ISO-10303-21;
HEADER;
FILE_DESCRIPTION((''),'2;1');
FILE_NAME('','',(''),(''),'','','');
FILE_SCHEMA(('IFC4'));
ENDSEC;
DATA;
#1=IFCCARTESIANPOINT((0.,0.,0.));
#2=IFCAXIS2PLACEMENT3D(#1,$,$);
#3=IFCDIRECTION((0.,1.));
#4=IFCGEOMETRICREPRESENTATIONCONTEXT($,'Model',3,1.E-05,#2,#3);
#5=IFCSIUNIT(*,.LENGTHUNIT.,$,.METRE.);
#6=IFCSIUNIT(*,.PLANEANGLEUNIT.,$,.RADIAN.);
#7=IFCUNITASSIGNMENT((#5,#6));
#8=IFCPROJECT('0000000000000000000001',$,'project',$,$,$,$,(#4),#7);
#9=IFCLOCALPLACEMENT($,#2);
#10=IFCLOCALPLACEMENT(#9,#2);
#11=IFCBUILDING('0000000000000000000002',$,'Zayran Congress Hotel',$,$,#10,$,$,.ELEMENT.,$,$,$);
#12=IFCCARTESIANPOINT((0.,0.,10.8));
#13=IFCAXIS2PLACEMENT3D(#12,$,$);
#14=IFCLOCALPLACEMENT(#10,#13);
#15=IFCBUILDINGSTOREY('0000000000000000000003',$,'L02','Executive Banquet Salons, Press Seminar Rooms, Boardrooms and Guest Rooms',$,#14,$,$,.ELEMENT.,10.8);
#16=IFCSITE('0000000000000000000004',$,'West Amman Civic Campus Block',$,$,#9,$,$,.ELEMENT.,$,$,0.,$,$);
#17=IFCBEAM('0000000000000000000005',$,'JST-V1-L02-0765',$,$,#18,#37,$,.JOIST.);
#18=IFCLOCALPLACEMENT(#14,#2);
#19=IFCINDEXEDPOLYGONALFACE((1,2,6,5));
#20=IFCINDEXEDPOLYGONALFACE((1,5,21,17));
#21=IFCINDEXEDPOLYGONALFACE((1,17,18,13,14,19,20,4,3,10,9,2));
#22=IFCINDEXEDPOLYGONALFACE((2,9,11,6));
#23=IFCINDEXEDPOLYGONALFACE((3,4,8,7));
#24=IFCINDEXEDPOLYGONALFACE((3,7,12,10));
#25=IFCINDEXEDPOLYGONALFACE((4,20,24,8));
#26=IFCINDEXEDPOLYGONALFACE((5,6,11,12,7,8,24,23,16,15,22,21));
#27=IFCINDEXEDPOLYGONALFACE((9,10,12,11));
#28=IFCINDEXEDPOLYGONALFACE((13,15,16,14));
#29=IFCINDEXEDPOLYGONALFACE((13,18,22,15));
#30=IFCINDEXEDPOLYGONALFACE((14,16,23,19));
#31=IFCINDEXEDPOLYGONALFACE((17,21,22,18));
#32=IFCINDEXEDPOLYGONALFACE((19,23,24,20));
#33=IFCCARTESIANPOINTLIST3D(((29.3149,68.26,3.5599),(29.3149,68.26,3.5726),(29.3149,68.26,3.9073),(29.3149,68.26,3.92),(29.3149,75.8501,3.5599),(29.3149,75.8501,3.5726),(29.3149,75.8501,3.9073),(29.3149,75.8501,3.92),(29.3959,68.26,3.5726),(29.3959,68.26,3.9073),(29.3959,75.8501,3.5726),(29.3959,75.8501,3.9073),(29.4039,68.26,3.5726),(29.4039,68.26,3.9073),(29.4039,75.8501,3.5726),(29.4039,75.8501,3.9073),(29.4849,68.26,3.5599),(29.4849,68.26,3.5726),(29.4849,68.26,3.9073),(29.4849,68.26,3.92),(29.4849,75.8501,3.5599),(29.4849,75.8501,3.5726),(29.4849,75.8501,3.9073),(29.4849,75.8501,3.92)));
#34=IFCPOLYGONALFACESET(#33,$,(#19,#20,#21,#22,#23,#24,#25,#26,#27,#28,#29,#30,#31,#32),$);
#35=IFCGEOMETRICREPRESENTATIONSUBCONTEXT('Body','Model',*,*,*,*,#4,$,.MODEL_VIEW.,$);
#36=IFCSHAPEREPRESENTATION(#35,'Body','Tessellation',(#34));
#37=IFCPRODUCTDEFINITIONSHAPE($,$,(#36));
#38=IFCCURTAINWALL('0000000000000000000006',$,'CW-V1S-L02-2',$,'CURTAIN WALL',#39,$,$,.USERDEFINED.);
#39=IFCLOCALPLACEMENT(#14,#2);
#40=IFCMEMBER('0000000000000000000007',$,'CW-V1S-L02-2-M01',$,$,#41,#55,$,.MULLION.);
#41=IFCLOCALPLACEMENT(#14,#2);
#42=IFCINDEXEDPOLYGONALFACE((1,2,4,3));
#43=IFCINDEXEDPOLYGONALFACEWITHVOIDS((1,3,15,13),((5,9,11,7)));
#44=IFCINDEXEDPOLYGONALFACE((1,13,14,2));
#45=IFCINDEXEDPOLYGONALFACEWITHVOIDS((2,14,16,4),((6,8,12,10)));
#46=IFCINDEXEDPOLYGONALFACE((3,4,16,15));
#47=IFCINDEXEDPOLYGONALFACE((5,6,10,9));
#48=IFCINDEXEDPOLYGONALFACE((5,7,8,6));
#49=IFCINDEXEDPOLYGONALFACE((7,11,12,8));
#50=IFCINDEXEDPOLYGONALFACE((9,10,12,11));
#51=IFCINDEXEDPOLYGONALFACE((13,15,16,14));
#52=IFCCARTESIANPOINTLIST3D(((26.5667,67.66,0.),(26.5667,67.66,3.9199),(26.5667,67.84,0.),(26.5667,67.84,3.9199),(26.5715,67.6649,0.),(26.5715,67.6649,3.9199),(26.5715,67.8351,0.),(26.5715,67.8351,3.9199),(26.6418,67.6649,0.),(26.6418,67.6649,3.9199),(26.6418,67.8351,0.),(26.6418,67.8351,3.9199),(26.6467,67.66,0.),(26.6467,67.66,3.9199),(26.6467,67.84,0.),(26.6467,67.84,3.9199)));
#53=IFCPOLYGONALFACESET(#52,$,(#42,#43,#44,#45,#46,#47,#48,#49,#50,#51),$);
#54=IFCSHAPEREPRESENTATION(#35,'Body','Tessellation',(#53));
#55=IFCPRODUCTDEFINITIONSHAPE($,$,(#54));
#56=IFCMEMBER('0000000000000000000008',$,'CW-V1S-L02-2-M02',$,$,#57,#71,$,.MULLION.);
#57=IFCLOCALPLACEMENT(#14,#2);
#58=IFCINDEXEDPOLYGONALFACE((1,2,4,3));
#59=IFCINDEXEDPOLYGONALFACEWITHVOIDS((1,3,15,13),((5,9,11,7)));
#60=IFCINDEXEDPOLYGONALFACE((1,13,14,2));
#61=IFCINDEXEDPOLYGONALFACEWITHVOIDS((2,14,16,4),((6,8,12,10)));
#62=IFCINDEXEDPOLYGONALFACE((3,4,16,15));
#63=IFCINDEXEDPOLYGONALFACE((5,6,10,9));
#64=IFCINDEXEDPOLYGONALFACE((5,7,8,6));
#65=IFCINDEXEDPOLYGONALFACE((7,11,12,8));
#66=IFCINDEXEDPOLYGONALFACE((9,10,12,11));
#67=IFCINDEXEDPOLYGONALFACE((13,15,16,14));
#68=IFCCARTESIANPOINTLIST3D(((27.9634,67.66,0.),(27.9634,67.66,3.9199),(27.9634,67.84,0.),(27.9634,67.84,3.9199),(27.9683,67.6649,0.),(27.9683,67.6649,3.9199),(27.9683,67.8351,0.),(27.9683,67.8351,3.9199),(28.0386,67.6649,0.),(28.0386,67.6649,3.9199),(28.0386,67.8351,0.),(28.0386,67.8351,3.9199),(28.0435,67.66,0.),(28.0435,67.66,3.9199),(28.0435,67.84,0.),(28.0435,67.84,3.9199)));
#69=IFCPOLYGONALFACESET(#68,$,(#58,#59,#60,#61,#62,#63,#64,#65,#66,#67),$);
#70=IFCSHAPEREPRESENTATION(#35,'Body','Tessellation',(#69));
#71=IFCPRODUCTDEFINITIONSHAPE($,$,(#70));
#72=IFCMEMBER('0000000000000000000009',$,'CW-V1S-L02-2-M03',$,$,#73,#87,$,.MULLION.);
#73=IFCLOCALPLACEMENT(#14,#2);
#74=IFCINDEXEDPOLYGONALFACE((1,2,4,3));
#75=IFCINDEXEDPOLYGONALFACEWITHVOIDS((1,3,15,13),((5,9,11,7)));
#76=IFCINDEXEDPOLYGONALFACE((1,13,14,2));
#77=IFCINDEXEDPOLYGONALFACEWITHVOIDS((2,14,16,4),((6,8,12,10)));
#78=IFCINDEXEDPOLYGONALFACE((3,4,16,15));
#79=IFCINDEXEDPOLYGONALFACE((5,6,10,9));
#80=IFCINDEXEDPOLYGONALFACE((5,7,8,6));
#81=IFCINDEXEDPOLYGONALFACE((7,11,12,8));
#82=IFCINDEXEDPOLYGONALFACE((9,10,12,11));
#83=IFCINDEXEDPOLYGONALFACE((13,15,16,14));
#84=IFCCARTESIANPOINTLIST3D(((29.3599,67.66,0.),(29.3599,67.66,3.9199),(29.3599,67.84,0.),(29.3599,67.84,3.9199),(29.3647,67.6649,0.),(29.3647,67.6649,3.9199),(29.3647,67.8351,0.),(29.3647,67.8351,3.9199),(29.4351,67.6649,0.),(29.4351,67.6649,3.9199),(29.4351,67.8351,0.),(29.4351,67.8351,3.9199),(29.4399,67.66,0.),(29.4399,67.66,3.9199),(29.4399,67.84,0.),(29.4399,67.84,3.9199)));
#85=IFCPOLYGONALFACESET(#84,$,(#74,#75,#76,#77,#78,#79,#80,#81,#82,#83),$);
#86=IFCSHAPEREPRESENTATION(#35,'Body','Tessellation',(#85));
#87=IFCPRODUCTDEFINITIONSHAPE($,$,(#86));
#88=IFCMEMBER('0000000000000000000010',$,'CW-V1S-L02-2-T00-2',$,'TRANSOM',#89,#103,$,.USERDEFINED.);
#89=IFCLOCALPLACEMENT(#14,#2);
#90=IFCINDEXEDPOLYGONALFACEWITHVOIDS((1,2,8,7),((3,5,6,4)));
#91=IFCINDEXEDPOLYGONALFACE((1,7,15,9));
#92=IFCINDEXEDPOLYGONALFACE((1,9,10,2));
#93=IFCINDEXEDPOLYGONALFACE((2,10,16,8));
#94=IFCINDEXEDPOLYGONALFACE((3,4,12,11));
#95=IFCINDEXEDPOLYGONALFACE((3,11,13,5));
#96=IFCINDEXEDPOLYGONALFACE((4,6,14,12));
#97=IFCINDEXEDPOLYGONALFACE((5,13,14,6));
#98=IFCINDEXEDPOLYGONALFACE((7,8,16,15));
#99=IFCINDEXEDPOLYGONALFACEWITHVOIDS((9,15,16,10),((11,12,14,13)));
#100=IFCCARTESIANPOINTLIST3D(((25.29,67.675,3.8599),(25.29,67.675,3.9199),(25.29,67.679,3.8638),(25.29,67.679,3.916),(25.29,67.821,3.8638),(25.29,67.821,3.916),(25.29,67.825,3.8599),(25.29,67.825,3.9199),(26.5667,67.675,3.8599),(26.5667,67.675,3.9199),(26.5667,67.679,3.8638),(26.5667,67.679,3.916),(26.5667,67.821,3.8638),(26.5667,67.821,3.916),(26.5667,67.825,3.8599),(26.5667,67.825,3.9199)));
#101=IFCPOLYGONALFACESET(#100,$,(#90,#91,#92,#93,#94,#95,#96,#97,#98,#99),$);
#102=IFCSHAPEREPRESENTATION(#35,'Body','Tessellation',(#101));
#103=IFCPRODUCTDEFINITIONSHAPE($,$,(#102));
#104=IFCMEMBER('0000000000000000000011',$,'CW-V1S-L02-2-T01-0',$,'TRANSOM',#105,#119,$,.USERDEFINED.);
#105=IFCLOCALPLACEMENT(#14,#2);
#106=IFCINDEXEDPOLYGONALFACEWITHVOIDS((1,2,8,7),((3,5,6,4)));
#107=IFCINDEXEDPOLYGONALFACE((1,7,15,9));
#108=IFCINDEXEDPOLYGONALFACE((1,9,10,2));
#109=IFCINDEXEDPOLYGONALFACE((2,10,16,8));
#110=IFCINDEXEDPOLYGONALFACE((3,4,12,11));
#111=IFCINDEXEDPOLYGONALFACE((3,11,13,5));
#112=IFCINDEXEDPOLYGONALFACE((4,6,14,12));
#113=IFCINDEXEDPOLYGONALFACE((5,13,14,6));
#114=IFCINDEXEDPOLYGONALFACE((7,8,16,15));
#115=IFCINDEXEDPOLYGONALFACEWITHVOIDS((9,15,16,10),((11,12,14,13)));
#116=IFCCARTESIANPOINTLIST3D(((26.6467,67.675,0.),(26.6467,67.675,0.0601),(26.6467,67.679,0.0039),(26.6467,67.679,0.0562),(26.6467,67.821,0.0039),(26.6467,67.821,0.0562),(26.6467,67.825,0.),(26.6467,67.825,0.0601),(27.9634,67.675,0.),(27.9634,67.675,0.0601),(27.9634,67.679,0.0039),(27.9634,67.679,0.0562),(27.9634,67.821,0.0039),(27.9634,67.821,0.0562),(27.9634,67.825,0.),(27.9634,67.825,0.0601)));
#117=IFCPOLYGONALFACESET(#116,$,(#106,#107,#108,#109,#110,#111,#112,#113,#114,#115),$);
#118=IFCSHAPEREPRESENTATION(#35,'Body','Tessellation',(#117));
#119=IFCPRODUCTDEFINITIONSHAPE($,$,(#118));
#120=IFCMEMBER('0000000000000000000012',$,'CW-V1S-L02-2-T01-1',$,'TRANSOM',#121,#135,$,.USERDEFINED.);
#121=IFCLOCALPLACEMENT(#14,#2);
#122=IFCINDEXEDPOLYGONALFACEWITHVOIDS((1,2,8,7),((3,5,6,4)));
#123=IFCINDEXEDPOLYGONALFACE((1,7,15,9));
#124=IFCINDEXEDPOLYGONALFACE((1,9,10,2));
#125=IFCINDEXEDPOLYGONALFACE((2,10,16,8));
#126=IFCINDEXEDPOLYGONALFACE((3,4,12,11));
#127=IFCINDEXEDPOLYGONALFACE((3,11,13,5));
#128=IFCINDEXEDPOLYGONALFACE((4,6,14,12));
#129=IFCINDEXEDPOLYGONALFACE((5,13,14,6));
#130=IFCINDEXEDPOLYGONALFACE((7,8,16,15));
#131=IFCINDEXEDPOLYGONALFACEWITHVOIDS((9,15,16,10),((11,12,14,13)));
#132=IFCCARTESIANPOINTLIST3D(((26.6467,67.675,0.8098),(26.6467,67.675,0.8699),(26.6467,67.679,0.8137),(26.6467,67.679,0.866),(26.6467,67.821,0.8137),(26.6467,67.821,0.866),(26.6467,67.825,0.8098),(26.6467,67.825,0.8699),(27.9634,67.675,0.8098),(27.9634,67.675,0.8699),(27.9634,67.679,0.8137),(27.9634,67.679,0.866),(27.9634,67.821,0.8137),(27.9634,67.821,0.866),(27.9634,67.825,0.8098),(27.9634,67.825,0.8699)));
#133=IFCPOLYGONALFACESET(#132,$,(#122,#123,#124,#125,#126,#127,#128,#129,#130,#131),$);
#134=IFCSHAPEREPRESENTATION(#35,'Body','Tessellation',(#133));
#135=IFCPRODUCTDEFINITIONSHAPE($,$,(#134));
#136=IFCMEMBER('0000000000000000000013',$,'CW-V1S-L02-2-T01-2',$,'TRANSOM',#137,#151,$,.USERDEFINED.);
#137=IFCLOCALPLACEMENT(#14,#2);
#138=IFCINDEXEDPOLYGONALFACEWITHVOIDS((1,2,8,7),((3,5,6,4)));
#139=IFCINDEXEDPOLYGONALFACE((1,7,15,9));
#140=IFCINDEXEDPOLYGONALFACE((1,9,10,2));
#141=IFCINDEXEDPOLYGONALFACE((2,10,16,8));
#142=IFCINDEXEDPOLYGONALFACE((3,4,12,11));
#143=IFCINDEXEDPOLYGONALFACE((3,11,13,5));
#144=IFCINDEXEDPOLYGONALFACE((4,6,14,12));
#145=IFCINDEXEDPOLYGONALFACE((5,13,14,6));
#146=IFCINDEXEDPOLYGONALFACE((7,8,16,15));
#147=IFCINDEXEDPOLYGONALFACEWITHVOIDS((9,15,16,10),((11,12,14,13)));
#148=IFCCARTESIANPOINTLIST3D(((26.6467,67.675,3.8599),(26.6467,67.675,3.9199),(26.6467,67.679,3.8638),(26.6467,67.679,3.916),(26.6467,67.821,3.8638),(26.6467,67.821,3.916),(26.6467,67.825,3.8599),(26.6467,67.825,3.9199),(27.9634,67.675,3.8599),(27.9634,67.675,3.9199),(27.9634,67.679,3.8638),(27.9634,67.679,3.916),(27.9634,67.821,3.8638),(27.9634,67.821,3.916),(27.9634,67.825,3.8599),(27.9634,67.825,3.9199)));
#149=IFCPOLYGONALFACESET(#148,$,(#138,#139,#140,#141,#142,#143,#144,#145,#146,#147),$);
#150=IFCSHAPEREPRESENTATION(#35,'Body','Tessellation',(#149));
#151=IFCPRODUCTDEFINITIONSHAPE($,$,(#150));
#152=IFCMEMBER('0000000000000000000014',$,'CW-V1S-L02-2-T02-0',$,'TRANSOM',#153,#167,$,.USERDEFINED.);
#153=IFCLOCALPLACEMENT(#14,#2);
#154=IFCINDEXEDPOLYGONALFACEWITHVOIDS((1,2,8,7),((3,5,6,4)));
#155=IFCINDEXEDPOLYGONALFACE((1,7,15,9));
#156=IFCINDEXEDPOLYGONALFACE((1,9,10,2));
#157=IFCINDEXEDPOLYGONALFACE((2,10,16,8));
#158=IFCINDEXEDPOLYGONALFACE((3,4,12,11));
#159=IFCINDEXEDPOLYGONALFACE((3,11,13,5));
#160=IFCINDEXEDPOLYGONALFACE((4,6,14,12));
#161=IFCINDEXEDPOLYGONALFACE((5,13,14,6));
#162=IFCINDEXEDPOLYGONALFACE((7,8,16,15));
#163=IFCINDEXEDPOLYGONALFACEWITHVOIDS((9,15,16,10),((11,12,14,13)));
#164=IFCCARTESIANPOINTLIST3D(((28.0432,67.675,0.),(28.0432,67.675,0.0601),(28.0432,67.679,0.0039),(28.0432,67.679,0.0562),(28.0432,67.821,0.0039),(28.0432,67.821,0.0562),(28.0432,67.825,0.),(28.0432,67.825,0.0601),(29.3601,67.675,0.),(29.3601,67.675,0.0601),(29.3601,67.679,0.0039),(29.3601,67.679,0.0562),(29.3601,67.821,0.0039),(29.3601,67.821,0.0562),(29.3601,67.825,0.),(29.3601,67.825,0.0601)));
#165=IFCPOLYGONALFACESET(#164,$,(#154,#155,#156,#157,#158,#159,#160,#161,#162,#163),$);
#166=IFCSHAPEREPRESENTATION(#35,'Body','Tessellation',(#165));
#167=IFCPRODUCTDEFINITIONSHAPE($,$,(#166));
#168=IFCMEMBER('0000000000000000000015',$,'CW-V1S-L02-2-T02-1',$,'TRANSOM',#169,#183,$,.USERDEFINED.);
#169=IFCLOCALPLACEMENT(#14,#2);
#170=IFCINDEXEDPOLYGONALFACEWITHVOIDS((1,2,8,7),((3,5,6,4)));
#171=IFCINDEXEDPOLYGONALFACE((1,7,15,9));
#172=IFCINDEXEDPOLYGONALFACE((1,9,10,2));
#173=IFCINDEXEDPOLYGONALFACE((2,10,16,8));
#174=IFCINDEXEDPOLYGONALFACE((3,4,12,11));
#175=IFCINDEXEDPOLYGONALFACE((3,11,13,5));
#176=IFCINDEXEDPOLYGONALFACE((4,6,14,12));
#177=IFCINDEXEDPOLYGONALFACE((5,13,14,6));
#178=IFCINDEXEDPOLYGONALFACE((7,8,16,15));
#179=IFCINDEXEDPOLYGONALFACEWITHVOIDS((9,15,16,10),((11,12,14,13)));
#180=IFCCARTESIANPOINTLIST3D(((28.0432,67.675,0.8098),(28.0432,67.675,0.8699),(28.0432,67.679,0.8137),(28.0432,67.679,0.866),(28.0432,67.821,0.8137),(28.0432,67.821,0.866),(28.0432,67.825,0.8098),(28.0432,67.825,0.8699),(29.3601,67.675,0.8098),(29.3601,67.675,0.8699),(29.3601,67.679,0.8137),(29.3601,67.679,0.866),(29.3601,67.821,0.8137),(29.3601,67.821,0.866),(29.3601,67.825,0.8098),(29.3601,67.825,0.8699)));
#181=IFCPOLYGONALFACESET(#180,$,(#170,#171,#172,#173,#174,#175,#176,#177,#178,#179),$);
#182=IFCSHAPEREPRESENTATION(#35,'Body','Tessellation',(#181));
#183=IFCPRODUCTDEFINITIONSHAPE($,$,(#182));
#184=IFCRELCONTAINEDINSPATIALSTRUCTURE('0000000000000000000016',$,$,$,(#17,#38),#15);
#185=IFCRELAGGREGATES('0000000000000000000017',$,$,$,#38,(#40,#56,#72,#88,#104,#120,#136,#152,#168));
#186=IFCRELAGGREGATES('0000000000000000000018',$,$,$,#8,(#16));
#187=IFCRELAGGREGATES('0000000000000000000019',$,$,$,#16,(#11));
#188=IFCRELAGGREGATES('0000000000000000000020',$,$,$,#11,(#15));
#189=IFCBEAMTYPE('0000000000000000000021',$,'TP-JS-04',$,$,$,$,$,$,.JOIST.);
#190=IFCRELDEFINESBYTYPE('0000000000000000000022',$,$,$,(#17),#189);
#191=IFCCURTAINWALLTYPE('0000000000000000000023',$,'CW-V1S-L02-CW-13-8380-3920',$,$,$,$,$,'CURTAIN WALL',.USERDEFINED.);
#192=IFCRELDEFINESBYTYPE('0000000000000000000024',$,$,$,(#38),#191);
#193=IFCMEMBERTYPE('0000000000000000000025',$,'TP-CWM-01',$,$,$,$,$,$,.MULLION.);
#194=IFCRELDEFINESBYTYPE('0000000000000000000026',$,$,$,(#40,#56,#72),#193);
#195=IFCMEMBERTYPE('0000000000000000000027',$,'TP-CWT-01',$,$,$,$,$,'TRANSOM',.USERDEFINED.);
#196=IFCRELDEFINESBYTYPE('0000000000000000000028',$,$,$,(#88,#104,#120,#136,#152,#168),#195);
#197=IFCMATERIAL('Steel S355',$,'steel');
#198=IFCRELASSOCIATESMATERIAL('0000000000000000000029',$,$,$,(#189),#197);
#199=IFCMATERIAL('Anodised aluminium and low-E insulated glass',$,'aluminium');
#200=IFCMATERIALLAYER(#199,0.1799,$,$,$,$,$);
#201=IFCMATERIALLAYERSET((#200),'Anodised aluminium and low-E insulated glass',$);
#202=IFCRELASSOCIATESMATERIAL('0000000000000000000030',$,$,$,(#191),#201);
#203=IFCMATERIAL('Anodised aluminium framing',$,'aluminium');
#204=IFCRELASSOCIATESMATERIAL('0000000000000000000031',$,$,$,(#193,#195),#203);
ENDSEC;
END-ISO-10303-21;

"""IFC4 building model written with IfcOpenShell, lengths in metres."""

from ifc_helpers import new_model, si_unit, direction, frame, origin, origin_2d, place, context, subcontext, project, spatial, hollow_rectangle, i_section, extrude, material, layer, layer_set, material_profile, profile_set, type_object, element, aggregate, save


model = new_model("IFC4")

# Units and contexts
model_context = context("Model", 3, precision=1e-05, world=origin(), true_north=direction((0.0, 1.0)))
body_context = subcontext(model_context, "Body", "Model", "MODEL_VIEW")
ifc_project = project(units=[si_unit("LENGTHUNIT", "METRE"), si_unit("PLANEANGLEUNIT", "RADIAN")], contexts=[model_context])

# Site, building, storey
site_placement = place(None, origin())
site = spatial("IfcSite", under=ifc_project, at=site_placement, Name="West Amman Civic Campus Block", CompositionType="ELEMENT", RefElevation=0.0)
building_placement = place(site_placement, origin())
building = spatial("IfcBuilding", under=site, at=building_placement, Name="Zayran Congress Hotel", CompositionType="ELEMENT")
storey_placement = place(building_placement, frame((0.0, 0.0, 10.8)))
storey = spatial("IfcBuildingStorey", under=building, at=storey_placement, Name="L02", Description="Executive Banquet Salons, Press Seminar Rooms, Boardrooms and Guest Rooms", CompositionType="ELEMENT", Elevation=10.8)

# Beam
ifc_material_1 = material(Name="Steel S355", Category="steel")
ifc_material_profile_1 = material_profile(ifc_material_1, i_section(OverallWidth=0.1699, OverallDepth=0.3601, WebThickness=0.0081, FlangeThickness=0.0127, at=origin_2d()), Name="IPE 360")
ifc_profile_set_1 = profile_set([ifc_material_profile_1], Name="Steel S355")
beam_type = type_object("IfcBeamType", Name="TP-JS-04", PredefinedType="JOIST", material=ifc_profile_set_1)
beam_placement = place(storey_placement, frame((29.3999, 68.26, 3.74), z_axis=(0.0, 1.0, 0.0), x_axis=(-1.0, 0.0, 0.0)))
element("IfcBeam", 1, at=beam_placement, inside=storey, type_object=beam_type, Name="JST-V1-L02-0765", PredefinedType="JOIST", context=body_context, shape_type="SweptSolid", body=[
    extrude(i_section(OverallWidth=0.1699, OverallDepth=0.3601, WebThickness=0.0081, FlangeThickness=0.0127, at=origin_2d()), origin(), (0.0, 0.0, 1.0), 7.5901),
])

# Curtain wall, members
ifc_material_2 = material(Name="Anodised aluminium and low-E insulated glass", Category="aluminium")
ifc_layer_1 = layer(ifc_material_2, 0.1799)
ifc_layer_set_1 = layer_set([ifc_layer_1], Name="Anodised aluminium and low-E insulated glass")
curtain_wall_type = type_object("IfcCurtainWallType", Name="CW-V1S-L02-CW-13-8380-3920", ElementType="CURTAIN WALL", PredefinedType="USERDEFINED", material=ifc_layer_set_1)
curtain_wall_placement = place(storey_placement, origin())
curtain_wall = element("IfcCurtainWall", 2, at=curtain_wall_placement, inside=storey, type_object=curtain_wall_type, Name="CW-V1S-L02-2", ObjectType="CURTAIN WALL", PredefinedType="USERDEFINED")
ifc_material_3 = material(Name="Anodised aluminium framing", Category="aluminium")
ifc_material_profile_2 = material_profile(ifc_material_3, hollow_rectangle(XDim=0.0801, YDim=0.1799, WallThickness=0.0049, at=origin_2d()), Name="RHS 180x80x5")
ifc_profile_set_2 = profile_set([ifc_material_profile_2], Name="Anodised aluminium framing")
member_type_1 = type_object("IfcMemberType", Name="TP-CWM-01", PredefinedType="MULLION", material=ifc_profile_set_2)
member_1_placement = place(storey_placement, frame((26.6067, 67.75, 0.0), z_axis=(0.0, 0.0, 1.0), x_axis=(1.0, 0.0, 0.0)))
member_1 = element("IfcMember", 3, at=member_1_placement, type_object=member_type_1, Name="CW-V1S-L02-2-M01", PredefinedType="MULLION", context=body_context, shape_type="SweptSolid", body=[
    extrude(hollow_rectangle(XDim=0.0801, YDim=0.1799, WallThickness=0.0049, at=origin_2d()), origin(), (0.0, 0.0, 1.0), 3.9199),
])
member_2_placement = place(storey_placement, frame((28.0034, 67.75, 0.0), z_axis=(0.0, 0.0, 1.0), x_axis=(1.0, 0.0, 0.0)))
member_2 = element("IfcMember", 4, at=member_2_placement, type_object=member_type_1, Name="CW-V1S-L02-2-M02", PredefinedType="MULLION", context=body_context, shape_type="SweptSolid", body=[
    extrude(hollow_rectangle(XDim=0.0801, YDim=0.1799, WallThickness=0.0049, at=origin_2d()), origin(), (0.0, 0.0, 1.0), 3.9199),
])
member_3_placement = place(storey_placement, frame((29.3999, 67.75, 0.0), z_axis=(0.0, 0.0, 1.0), x_axis=(1.0, 0.0, 0.0)))
member_3 = element("IfcMember", 5, at=member_3_placement, type_object=member_type_1, Name="CW-V1S-L02-2-M03", PredefinedType="MULLION", context=body_context, shape_type="SweptSolid", body=[
    extrude(hollow_rectangle(XDim=0.0801, YDim=0.1799, WallThickness=0.0049, at=origin_2d()), origin(), (0.0, 0.0, 1.0), 3.9199),
])
ifc_material_profile_3 = material_profile(ifc_material_3, hollow_rectangle(XDim=0.0601, YDim=0.1499, WallThickness=0.0039, at=origin_2d()), Name="RHS 150x60x4")
ifc_profile_set_3 = profile_set([ifc_material_profile_3], Name="Anodised aluminium framing")
member_type_2 = type_object("IfcMemberType", Name="TP-CWT-01", ElementType="TRANSOM", PredefinedType="USERDEFINED", material=ifc_profile_set_3)
member_4_placement = place(storey_placement, frame((25.29, 67.75, 3.8899), z_axis=(1.0, 0.0, 0.0), x_axis=(0.0, 0.0, 1.0)))
member_4 = element("IfcMember", 6, at=member_4_placement, type_object=member_type_2, Name="CW-V1S-L02-2-T00-2", ObjectType="TRANSOM", PredefinedType="USERDEFINED", context=body_context, shape_type="SweptSolid", body=[
    extrude(hollow_rectangle(XDim=0.0601, YDim=0.1499, WallThickness=0.0039, at=origin_2d()), origin(), (0.0, 0.0, 1.0), 1.2766),
])
member_5_placement = place(storey_placement, frame((26.6467, 67.75, 0.03), z_axis=(1.0, 0.0, 0.0), x_axis=(0.0, 0.0, 1.0)))
member_5 = element("IfcMember", 7, at=member_5_placement, type_object=member_type_2, Name="CW-V1S-L02-2-T01-0", ObjectType="TRANSOM", PredefinedType="USERDEFINED", context=body_context, shape_type="SweptSolid", body=[
    extrude(hollow_rectangle(XDim=0.0601, YDim=0.1499, WallThickness=0.0039, at=origin_2d()), origin(), (0.0, 0.0, 1.0), 1.3167),
])
member_6_placement = place(storey_placement, frame((26.6467, 67.75, 0.8398), z_axis=(1.0, 0.0, 0.0), x_axis=(0.0, 0.0, 1.0)))
member_6 = element("IfcMember", 8, at=member_6_placement, type_object=member_type_2, Name="CW-V1S-L02-2-T01-1", ObjectType="TRANSOM", PredefinedType="USERDEFINED", context=body_context, shape_type="SweptSolid", body=[
    extrude(hollow_rectangle(XDim=0.0601, YDim=0.1499, WallThickness=0.0039, at=origin_2d()), origin(), (0.0, 0.0, 1.0), 1.3167),
])
member_7_placement = place(storey_placement, frame((26.6467, 67.75, 3.8899), z_axis=(1.0, 0.0, 0.0), x_axis=(0.0, 0.0, 1.0)))
member_7 = element("IfcMember", 9, at=member_7_placement, type_object=member_type_2, Name="CW-V1S-L02-2-T01-2", ObjectType="TRANSOM", PredefinedType="USERDEFINED", context=body_context, shape_type="SweptSolid", body=[
    extrude(hollow_rectangle(XDim=0.0601, YDim=0.1499, WallThickness=0.0039, at=origin_2d()), origin(), (0.0, 0.0, 1.0), 1.3167),
])
member_8_placement = place(storey_placement, frame((28.0432, 67.75, 0.03), z_axis=(1.0, 0.0, 0.0), x_axis=(0.0, 0.0, 1.0)))
member_8 = element("IfcMember", 10, at=member_8_placement, type_object=member_type_2, Name="CW-V1S-L02-2-T02-0", ObjectType="TRANSOM", PredefinedType="USERDEFINED", context=body_context, shape_type="SweptSolid", body=[
    extrude(hollow_rectangle(XDim=0.0601, YDim=0.1499, WallThickness=0.0039, at=origin_2d()), origin(), (0.0, 0.0, 1.0), 1.3169),
])
member_9_placement = place(storey_placement, frame((28.0432, 67.75, 0.8398), z_axis=(1.0, 0.0, 0.0), x_axis=(0.0, 0.0, 1.0)))
member_9 = element("IfcMember", 11, at=member_9_placement, type_object=member_type_2, Name="CW-V1S-L02-2-T02-1", ObjectType="TRANSOM", PredefinedType="USERDEFINED", context=body_context, shape_type="SweptSolid", body=[
    extrude(hollow_rectangle(XDim=0.0601, YDim=0.1499, WallThickness=0.0039, at=origin_2d()), origin(), (0.0, 0.0, 1.0), 1.3169),
])
aggregate(curtain_wall, [member_1, member_2, member_3, member_4, member_5, member_6, member_7, member_8, member_9])

save(model, "model.ifc")
